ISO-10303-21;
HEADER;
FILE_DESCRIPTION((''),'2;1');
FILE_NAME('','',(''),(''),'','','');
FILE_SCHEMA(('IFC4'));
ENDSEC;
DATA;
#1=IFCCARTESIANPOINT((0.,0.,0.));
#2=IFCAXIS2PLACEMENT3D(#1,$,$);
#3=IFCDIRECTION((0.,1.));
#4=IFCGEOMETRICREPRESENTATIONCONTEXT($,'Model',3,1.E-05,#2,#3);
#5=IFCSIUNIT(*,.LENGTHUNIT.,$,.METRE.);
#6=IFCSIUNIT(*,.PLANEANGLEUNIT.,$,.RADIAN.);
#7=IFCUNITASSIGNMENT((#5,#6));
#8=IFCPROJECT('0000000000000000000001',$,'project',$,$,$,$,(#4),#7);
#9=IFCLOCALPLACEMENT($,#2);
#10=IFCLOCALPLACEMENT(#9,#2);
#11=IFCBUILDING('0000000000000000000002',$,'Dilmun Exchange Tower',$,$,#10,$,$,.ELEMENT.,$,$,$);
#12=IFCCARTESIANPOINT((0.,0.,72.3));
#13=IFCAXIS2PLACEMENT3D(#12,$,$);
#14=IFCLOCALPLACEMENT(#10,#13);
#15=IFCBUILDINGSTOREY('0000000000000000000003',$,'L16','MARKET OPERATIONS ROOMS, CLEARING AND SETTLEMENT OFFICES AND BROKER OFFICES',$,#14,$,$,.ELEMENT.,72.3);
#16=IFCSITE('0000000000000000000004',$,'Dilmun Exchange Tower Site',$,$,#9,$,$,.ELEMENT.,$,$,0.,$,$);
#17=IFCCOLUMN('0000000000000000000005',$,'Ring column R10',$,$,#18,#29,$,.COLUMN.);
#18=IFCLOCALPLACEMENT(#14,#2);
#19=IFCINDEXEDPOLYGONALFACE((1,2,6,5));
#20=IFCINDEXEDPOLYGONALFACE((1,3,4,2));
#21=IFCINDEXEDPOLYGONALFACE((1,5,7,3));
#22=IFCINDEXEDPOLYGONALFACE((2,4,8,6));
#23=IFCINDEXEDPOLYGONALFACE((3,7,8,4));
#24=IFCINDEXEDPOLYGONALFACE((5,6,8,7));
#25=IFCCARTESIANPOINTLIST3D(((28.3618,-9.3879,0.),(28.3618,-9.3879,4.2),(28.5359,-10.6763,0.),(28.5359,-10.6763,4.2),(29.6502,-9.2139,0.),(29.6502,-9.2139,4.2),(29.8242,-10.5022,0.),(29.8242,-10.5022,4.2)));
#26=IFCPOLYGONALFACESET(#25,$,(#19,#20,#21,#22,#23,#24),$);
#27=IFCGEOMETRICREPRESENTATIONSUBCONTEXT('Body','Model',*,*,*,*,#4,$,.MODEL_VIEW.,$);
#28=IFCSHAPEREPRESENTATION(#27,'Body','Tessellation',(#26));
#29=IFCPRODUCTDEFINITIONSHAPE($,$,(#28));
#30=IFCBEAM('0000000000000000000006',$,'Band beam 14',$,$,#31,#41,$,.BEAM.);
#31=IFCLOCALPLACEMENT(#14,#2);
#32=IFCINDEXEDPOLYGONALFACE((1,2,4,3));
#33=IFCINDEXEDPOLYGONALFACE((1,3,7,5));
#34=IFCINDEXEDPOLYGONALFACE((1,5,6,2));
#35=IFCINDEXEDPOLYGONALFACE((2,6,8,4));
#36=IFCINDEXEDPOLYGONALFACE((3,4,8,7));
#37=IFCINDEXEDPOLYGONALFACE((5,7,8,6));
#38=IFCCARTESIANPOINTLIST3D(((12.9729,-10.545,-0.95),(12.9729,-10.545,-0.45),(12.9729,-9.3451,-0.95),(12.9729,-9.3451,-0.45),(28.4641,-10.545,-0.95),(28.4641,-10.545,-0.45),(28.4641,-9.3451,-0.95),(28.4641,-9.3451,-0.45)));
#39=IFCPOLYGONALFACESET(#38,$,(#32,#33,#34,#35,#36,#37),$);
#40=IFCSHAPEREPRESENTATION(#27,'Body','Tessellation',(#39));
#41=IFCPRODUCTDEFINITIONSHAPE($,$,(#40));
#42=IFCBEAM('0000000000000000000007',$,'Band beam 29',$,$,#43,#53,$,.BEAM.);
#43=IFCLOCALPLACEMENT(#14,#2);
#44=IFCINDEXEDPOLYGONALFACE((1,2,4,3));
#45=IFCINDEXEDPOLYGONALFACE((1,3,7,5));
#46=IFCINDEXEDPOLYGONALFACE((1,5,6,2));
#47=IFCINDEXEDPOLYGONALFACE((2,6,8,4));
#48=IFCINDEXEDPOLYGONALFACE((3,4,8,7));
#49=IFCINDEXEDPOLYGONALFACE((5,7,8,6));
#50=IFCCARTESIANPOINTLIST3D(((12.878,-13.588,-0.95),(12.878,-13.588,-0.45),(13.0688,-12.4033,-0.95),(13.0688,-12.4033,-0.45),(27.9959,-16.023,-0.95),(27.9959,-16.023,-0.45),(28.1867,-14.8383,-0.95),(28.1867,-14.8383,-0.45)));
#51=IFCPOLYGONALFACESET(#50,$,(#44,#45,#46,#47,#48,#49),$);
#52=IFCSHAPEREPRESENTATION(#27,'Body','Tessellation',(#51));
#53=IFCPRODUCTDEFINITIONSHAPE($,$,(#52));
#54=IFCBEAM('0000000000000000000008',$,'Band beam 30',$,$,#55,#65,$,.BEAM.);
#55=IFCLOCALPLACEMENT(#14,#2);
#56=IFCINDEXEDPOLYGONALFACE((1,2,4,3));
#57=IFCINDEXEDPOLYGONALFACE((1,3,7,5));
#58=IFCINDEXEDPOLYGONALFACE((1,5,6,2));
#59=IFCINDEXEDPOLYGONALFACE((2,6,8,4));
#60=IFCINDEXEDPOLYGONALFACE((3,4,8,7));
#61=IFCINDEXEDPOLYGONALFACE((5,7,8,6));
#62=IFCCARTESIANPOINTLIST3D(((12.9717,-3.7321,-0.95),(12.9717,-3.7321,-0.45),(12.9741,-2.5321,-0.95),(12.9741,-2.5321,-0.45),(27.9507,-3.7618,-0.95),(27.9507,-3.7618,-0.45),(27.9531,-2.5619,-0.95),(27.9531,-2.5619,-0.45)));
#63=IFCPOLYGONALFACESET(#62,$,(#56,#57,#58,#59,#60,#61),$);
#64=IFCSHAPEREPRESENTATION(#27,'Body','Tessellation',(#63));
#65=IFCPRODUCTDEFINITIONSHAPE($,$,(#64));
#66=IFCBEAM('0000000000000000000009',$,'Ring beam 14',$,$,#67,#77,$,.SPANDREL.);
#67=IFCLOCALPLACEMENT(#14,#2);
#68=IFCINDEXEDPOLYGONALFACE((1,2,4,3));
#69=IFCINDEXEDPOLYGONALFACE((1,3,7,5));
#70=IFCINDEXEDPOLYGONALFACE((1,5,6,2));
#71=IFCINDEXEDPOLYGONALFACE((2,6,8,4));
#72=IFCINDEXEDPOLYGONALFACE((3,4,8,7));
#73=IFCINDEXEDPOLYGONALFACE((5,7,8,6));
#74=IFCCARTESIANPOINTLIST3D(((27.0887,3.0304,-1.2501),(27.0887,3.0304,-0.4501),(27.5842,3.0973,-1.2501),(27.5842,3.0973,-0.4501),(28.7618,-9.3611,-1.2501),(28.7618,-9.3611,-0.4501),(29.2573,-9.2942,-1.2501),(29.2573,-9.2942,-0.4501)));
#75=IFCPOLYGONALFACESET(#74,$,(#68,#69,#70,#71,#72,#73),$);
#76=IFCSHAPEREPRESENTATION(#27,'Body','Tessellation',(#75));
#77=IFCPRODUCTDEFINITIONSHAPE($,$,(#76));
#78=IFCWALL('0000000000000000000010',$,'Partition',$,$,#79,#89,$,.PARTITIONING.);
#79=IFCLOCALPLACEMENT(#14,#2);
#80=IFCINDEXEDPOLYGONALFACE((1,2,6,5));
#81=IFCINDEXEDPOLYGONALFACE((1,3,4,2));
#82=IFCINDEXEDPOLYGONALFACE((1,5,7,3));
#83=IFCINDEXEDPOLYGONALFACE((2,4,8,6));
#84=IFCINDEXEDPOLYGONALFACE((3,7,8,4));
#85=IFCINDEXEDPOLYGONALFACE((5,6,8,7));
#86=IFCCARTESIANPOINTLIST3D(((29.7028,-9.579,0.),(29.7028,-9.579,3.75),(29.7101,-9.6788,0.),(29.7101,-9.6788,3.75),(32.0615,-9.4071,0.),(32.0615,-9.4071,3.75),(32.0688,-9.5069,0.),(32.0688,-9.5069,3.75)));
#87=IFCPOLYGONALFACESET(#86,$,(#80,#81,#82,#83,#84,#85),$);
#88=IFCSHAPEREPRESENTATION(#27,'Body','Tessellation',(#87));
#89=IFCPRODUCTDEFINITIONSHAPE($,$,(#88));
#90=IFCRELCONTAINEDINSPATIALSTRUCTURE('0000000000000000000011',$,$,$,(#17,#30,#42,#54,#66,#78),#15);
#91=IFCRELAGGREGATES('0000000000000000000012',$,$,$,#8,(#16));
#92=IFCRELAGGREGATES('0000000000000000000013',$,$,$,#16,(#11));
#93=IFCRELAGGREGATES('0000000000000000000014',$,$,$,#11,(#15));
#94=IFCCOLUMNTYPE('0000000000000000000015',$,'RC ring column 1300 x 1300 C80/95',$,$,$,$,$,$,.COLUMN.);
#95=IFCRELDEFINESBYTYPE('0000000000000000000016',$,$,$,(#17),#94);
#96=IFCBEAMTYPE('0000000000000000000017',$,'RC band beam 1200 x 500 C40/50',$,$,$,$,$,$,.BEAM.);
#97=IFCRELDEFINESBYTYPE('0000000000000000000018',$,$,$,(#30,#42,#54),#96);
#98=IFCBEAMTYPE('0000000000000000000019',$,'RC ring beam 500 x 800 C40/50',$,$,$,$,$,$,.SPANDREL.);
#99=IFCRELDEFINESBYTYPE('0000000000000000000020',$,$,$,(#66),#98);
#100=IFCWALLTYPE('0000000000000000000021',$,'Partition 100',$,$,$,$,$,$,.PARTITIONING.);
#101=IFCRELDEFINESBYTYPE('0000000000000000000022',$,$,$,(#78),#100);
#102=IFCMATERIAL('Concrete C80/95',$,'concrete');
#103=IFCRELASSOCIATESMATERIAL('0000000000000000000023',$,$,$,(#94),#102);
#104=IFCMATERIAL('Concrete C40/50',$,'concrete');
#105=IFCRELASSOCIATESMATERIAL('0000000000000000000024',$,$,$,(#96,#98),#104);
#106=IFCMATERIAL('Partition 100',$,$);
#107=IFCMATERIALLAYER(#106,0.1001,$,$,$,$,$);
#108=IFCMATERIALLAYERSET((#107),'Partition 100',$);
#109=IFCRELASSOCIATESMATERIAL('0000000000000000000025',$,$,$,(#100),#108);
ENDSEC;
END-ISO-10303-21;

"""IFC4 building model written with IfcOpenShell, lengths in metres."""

from ifc_helpers import new_model, si_unit, direction, frame, frame_2d, origin, origin_2d, place, context, subcontext, project, spatial, rectangle, extrude, material, layer, layer_set, material_profile, profile_set, type_object, element, save


model = new_model("IFC4")

# Units and contexts
model_context = context("Model", 3, precision=1e-05, world=origin(), true_north=direction((0.0, 1.0)))
body_context = subcontext(model_context, "Body", "Model", "MODEL_VIEW")
ifc_project = project(units=[si_unit("LENGTHUNIT", "METRE"), si_unit("PLANEANGLEUNIT", "RADIAN")], contexts=[model_context])

# Site, building, storey
site_placement = place(None, origin())
site = spatial("IfcSite", under=ifc_project, at=site_placement, Name="Dilmun Exchange Tower Site", CompositionType="ELEMENT", RefElevation=0.0)
building_placement = place(site_placement, origin())
building = spatial("IfcBuilding", under=site, at=building_placement, Name="Dilmun Exchange Tower", CompositionType="ELEMENT")
storey_placement = place(building_placement, frame((0.0, 0.0, 72.3)))
storey = spatial("IfcBuildingStorey", under=building, at=storey_placement, Name="L16", Description="MARKET OPERATIONS ROOMS, CLEARING AND SETTLEMENT OFFICES AND BROKER OFFICES", CompositionType="ELEMENT", Elevation=72.3)

# Column
ifc_material_1 = material(Name="Concrete C80/95", Category="concrete")
ifc_material_profile_1 = material_profile(ifc_material_1, rectangle(XDim=1.3, YDim=1.3, at=origin_2d()), Name="1300 x 1300")
ifc_profile_set_1 = profile_set([ifc_material_profile_1], Name="Concrete C80/95")
column_type = type_object("IfcColumnType", Name="RC ring column 1300 x 1300 C80/95", PredefinedType="COLUMN", material=ifc_profile_set_1)
column_placement = place(storey_placement, frame((29.093, -9.9451, 0.0), z_axis=(0.0, 0.0, 1.0), x_axis=(0.991001, 0.133853, 0.0)))
element("IfcColumn", 1, at=column_placement, inside=storey, type_object=column_type, Name="Ring column R10", PredefinedType="COLUMN", context=body_context, shape_type="SweptSolid", body=[
    extrude(rectangle(XDim=1.3, YDim=1.3, at=origin_2d()), origin(), (0.0, 0.0, 1.0), 4.2),
])

# Beams
ifc_material_2 = material(Name="Concrete C40/50", Category="concrete")
ifc_material_profile_2 = material_profile(ifc_material_2, rectangle(XDim=1.2, YDim=0.5, at=origin_2d()), Name="1200 x 500")
ifc_profile_set_2 = profile_set([ifc_material_profile_2], Name="Concrete C40/50")
beam_type_1 = type_object("IfcBeamType", Name="RC band beam 1200 x 500 C40/50", PredefinedType="BEAM", material=ifc_profile_set_2)
beam_1_placement = place(storey_placement, frame((28.4641, -9.9451, -0.7), z_axis=(-1.0, 0.0, 0.0), x_axis=(0.0, -1.0, 0.0)))
element("IfcBeam", 2, at=beam_1_placement, inside=storey, type_object=beam_type_1, Name="Band beam 14", PredefinedType="BEAM", context=body_context, shape_type="SweptSolid", body=[
    extrude(rectangle(XDim=1.2, YDim=0.5, at=origin_2d()), origin(), (0.0, 0.0, 1.0), 15.4912),
])
beam_2_placement = place(storey_placement, frame((28.0913, -15.4307, -0.7), z_axis=(-0.987275, 0.159021, 0.0), x_axis=(-0.159021, -0.987275, 0.0)))
element("IfcBeam", 3, at=beam_2_placement, inside=storey, type_object=beam_type_1, Name="Band beam 29", PredefinedType="BEAM", context=body_context, shape_type="SweptSolid", body=[
    extrude(rectangle(XDim=1.2, YDim=0.5, at=origin_2d()), origin(), (0.0, 0.0, 1.0), 15.3127),
])
beam_3_placement = place(storey_placement, frame((27.9519, -3.1619, -0.7), z_axis=(-0.999998, 0.001988, 0.0), x_axis=(-0.001988, -0.999998, 0.0)))
element("IfcBeam", 4, at=beam_3_placement, inside=storey, type_object=beam_type_1, Name="Band beam 30", PredefinedType="BEAM", context=body_context, shape_type="SweptSolid", body=[
    extrude(rectangle(XDim=1.2, YDim=0.5, at=origin_2d()), origin(), (0.0, 0.0, 1.0), 14.979),
])
ifc_material_profile_3 = material_profile(ifc_material_2, rectangle(XDim=0.5, YDim=0.8, at=origin_2d()), Name="500 x 800")
ifc_profile_set_3 = profile_set([ifc_material_profile_3], Name="Concrete C40/50")
beam_type_2 = type_object("IfcBeamType", Name="RC ring beam 500 x 800 C40/50", PredefinedType="SPANDREL", material=ifc_profile_set_3)
beam_4_placement = place(storey_placement, frame((29.0095, -9.3276, -0.8501), z_axis=(-0.133807, 0.991007, 0.0), x_axis=(-0.991007, -0.133807, 0.0)))
element("IfcBeam", 5, at=beam_4_placement, inside=storey, type_object=beam_type_2, Name="Ring beam 14", PredefinedType="SPANDREL", context=body_context, shape_type="SweptSolid", body=[
    extrude(rectangle(XDim=0.5, YDim=0.8, at=origin_2d()), origin(), (0.0, 0.0, 1.0), 12.5039),
])

# Wall
ifc_material_3 = material(Name="Partition 100")
ifc_layer_1 = layer(ifc_material_3, 0.1001)
ifc_layer_set_1 = layer_set([ifc_layer_1], Name="Partition 100")
wall_type_1 = type_object("IfcWallType", Name="Partition 100", PredefinedType="PARTITIONING", material=ifc_layer_set_1)
wall_1_placement = place(storey_placement, frame((29.7063, -9.6289, 0.0), z_axis=(0.0, 0.0, 1.0), x_axis=(0.997355, 0.072678, 0.0)))
element("IfcWall", 6, at=wall_1_placement, inside=storey, type_object=wall_type_1, Name="Partition", PredefinedType="PARTITIONING", context=body_context, shape_type="SweptSolid", body=[
    extrude(rectangle(XDim=2.365, YDim=0.1001, at=frame_2d((1.1826, 0.0))), origin(), (0.0, 0.0, 1.0), 3.75),
])

save(model, "model.ifc")
